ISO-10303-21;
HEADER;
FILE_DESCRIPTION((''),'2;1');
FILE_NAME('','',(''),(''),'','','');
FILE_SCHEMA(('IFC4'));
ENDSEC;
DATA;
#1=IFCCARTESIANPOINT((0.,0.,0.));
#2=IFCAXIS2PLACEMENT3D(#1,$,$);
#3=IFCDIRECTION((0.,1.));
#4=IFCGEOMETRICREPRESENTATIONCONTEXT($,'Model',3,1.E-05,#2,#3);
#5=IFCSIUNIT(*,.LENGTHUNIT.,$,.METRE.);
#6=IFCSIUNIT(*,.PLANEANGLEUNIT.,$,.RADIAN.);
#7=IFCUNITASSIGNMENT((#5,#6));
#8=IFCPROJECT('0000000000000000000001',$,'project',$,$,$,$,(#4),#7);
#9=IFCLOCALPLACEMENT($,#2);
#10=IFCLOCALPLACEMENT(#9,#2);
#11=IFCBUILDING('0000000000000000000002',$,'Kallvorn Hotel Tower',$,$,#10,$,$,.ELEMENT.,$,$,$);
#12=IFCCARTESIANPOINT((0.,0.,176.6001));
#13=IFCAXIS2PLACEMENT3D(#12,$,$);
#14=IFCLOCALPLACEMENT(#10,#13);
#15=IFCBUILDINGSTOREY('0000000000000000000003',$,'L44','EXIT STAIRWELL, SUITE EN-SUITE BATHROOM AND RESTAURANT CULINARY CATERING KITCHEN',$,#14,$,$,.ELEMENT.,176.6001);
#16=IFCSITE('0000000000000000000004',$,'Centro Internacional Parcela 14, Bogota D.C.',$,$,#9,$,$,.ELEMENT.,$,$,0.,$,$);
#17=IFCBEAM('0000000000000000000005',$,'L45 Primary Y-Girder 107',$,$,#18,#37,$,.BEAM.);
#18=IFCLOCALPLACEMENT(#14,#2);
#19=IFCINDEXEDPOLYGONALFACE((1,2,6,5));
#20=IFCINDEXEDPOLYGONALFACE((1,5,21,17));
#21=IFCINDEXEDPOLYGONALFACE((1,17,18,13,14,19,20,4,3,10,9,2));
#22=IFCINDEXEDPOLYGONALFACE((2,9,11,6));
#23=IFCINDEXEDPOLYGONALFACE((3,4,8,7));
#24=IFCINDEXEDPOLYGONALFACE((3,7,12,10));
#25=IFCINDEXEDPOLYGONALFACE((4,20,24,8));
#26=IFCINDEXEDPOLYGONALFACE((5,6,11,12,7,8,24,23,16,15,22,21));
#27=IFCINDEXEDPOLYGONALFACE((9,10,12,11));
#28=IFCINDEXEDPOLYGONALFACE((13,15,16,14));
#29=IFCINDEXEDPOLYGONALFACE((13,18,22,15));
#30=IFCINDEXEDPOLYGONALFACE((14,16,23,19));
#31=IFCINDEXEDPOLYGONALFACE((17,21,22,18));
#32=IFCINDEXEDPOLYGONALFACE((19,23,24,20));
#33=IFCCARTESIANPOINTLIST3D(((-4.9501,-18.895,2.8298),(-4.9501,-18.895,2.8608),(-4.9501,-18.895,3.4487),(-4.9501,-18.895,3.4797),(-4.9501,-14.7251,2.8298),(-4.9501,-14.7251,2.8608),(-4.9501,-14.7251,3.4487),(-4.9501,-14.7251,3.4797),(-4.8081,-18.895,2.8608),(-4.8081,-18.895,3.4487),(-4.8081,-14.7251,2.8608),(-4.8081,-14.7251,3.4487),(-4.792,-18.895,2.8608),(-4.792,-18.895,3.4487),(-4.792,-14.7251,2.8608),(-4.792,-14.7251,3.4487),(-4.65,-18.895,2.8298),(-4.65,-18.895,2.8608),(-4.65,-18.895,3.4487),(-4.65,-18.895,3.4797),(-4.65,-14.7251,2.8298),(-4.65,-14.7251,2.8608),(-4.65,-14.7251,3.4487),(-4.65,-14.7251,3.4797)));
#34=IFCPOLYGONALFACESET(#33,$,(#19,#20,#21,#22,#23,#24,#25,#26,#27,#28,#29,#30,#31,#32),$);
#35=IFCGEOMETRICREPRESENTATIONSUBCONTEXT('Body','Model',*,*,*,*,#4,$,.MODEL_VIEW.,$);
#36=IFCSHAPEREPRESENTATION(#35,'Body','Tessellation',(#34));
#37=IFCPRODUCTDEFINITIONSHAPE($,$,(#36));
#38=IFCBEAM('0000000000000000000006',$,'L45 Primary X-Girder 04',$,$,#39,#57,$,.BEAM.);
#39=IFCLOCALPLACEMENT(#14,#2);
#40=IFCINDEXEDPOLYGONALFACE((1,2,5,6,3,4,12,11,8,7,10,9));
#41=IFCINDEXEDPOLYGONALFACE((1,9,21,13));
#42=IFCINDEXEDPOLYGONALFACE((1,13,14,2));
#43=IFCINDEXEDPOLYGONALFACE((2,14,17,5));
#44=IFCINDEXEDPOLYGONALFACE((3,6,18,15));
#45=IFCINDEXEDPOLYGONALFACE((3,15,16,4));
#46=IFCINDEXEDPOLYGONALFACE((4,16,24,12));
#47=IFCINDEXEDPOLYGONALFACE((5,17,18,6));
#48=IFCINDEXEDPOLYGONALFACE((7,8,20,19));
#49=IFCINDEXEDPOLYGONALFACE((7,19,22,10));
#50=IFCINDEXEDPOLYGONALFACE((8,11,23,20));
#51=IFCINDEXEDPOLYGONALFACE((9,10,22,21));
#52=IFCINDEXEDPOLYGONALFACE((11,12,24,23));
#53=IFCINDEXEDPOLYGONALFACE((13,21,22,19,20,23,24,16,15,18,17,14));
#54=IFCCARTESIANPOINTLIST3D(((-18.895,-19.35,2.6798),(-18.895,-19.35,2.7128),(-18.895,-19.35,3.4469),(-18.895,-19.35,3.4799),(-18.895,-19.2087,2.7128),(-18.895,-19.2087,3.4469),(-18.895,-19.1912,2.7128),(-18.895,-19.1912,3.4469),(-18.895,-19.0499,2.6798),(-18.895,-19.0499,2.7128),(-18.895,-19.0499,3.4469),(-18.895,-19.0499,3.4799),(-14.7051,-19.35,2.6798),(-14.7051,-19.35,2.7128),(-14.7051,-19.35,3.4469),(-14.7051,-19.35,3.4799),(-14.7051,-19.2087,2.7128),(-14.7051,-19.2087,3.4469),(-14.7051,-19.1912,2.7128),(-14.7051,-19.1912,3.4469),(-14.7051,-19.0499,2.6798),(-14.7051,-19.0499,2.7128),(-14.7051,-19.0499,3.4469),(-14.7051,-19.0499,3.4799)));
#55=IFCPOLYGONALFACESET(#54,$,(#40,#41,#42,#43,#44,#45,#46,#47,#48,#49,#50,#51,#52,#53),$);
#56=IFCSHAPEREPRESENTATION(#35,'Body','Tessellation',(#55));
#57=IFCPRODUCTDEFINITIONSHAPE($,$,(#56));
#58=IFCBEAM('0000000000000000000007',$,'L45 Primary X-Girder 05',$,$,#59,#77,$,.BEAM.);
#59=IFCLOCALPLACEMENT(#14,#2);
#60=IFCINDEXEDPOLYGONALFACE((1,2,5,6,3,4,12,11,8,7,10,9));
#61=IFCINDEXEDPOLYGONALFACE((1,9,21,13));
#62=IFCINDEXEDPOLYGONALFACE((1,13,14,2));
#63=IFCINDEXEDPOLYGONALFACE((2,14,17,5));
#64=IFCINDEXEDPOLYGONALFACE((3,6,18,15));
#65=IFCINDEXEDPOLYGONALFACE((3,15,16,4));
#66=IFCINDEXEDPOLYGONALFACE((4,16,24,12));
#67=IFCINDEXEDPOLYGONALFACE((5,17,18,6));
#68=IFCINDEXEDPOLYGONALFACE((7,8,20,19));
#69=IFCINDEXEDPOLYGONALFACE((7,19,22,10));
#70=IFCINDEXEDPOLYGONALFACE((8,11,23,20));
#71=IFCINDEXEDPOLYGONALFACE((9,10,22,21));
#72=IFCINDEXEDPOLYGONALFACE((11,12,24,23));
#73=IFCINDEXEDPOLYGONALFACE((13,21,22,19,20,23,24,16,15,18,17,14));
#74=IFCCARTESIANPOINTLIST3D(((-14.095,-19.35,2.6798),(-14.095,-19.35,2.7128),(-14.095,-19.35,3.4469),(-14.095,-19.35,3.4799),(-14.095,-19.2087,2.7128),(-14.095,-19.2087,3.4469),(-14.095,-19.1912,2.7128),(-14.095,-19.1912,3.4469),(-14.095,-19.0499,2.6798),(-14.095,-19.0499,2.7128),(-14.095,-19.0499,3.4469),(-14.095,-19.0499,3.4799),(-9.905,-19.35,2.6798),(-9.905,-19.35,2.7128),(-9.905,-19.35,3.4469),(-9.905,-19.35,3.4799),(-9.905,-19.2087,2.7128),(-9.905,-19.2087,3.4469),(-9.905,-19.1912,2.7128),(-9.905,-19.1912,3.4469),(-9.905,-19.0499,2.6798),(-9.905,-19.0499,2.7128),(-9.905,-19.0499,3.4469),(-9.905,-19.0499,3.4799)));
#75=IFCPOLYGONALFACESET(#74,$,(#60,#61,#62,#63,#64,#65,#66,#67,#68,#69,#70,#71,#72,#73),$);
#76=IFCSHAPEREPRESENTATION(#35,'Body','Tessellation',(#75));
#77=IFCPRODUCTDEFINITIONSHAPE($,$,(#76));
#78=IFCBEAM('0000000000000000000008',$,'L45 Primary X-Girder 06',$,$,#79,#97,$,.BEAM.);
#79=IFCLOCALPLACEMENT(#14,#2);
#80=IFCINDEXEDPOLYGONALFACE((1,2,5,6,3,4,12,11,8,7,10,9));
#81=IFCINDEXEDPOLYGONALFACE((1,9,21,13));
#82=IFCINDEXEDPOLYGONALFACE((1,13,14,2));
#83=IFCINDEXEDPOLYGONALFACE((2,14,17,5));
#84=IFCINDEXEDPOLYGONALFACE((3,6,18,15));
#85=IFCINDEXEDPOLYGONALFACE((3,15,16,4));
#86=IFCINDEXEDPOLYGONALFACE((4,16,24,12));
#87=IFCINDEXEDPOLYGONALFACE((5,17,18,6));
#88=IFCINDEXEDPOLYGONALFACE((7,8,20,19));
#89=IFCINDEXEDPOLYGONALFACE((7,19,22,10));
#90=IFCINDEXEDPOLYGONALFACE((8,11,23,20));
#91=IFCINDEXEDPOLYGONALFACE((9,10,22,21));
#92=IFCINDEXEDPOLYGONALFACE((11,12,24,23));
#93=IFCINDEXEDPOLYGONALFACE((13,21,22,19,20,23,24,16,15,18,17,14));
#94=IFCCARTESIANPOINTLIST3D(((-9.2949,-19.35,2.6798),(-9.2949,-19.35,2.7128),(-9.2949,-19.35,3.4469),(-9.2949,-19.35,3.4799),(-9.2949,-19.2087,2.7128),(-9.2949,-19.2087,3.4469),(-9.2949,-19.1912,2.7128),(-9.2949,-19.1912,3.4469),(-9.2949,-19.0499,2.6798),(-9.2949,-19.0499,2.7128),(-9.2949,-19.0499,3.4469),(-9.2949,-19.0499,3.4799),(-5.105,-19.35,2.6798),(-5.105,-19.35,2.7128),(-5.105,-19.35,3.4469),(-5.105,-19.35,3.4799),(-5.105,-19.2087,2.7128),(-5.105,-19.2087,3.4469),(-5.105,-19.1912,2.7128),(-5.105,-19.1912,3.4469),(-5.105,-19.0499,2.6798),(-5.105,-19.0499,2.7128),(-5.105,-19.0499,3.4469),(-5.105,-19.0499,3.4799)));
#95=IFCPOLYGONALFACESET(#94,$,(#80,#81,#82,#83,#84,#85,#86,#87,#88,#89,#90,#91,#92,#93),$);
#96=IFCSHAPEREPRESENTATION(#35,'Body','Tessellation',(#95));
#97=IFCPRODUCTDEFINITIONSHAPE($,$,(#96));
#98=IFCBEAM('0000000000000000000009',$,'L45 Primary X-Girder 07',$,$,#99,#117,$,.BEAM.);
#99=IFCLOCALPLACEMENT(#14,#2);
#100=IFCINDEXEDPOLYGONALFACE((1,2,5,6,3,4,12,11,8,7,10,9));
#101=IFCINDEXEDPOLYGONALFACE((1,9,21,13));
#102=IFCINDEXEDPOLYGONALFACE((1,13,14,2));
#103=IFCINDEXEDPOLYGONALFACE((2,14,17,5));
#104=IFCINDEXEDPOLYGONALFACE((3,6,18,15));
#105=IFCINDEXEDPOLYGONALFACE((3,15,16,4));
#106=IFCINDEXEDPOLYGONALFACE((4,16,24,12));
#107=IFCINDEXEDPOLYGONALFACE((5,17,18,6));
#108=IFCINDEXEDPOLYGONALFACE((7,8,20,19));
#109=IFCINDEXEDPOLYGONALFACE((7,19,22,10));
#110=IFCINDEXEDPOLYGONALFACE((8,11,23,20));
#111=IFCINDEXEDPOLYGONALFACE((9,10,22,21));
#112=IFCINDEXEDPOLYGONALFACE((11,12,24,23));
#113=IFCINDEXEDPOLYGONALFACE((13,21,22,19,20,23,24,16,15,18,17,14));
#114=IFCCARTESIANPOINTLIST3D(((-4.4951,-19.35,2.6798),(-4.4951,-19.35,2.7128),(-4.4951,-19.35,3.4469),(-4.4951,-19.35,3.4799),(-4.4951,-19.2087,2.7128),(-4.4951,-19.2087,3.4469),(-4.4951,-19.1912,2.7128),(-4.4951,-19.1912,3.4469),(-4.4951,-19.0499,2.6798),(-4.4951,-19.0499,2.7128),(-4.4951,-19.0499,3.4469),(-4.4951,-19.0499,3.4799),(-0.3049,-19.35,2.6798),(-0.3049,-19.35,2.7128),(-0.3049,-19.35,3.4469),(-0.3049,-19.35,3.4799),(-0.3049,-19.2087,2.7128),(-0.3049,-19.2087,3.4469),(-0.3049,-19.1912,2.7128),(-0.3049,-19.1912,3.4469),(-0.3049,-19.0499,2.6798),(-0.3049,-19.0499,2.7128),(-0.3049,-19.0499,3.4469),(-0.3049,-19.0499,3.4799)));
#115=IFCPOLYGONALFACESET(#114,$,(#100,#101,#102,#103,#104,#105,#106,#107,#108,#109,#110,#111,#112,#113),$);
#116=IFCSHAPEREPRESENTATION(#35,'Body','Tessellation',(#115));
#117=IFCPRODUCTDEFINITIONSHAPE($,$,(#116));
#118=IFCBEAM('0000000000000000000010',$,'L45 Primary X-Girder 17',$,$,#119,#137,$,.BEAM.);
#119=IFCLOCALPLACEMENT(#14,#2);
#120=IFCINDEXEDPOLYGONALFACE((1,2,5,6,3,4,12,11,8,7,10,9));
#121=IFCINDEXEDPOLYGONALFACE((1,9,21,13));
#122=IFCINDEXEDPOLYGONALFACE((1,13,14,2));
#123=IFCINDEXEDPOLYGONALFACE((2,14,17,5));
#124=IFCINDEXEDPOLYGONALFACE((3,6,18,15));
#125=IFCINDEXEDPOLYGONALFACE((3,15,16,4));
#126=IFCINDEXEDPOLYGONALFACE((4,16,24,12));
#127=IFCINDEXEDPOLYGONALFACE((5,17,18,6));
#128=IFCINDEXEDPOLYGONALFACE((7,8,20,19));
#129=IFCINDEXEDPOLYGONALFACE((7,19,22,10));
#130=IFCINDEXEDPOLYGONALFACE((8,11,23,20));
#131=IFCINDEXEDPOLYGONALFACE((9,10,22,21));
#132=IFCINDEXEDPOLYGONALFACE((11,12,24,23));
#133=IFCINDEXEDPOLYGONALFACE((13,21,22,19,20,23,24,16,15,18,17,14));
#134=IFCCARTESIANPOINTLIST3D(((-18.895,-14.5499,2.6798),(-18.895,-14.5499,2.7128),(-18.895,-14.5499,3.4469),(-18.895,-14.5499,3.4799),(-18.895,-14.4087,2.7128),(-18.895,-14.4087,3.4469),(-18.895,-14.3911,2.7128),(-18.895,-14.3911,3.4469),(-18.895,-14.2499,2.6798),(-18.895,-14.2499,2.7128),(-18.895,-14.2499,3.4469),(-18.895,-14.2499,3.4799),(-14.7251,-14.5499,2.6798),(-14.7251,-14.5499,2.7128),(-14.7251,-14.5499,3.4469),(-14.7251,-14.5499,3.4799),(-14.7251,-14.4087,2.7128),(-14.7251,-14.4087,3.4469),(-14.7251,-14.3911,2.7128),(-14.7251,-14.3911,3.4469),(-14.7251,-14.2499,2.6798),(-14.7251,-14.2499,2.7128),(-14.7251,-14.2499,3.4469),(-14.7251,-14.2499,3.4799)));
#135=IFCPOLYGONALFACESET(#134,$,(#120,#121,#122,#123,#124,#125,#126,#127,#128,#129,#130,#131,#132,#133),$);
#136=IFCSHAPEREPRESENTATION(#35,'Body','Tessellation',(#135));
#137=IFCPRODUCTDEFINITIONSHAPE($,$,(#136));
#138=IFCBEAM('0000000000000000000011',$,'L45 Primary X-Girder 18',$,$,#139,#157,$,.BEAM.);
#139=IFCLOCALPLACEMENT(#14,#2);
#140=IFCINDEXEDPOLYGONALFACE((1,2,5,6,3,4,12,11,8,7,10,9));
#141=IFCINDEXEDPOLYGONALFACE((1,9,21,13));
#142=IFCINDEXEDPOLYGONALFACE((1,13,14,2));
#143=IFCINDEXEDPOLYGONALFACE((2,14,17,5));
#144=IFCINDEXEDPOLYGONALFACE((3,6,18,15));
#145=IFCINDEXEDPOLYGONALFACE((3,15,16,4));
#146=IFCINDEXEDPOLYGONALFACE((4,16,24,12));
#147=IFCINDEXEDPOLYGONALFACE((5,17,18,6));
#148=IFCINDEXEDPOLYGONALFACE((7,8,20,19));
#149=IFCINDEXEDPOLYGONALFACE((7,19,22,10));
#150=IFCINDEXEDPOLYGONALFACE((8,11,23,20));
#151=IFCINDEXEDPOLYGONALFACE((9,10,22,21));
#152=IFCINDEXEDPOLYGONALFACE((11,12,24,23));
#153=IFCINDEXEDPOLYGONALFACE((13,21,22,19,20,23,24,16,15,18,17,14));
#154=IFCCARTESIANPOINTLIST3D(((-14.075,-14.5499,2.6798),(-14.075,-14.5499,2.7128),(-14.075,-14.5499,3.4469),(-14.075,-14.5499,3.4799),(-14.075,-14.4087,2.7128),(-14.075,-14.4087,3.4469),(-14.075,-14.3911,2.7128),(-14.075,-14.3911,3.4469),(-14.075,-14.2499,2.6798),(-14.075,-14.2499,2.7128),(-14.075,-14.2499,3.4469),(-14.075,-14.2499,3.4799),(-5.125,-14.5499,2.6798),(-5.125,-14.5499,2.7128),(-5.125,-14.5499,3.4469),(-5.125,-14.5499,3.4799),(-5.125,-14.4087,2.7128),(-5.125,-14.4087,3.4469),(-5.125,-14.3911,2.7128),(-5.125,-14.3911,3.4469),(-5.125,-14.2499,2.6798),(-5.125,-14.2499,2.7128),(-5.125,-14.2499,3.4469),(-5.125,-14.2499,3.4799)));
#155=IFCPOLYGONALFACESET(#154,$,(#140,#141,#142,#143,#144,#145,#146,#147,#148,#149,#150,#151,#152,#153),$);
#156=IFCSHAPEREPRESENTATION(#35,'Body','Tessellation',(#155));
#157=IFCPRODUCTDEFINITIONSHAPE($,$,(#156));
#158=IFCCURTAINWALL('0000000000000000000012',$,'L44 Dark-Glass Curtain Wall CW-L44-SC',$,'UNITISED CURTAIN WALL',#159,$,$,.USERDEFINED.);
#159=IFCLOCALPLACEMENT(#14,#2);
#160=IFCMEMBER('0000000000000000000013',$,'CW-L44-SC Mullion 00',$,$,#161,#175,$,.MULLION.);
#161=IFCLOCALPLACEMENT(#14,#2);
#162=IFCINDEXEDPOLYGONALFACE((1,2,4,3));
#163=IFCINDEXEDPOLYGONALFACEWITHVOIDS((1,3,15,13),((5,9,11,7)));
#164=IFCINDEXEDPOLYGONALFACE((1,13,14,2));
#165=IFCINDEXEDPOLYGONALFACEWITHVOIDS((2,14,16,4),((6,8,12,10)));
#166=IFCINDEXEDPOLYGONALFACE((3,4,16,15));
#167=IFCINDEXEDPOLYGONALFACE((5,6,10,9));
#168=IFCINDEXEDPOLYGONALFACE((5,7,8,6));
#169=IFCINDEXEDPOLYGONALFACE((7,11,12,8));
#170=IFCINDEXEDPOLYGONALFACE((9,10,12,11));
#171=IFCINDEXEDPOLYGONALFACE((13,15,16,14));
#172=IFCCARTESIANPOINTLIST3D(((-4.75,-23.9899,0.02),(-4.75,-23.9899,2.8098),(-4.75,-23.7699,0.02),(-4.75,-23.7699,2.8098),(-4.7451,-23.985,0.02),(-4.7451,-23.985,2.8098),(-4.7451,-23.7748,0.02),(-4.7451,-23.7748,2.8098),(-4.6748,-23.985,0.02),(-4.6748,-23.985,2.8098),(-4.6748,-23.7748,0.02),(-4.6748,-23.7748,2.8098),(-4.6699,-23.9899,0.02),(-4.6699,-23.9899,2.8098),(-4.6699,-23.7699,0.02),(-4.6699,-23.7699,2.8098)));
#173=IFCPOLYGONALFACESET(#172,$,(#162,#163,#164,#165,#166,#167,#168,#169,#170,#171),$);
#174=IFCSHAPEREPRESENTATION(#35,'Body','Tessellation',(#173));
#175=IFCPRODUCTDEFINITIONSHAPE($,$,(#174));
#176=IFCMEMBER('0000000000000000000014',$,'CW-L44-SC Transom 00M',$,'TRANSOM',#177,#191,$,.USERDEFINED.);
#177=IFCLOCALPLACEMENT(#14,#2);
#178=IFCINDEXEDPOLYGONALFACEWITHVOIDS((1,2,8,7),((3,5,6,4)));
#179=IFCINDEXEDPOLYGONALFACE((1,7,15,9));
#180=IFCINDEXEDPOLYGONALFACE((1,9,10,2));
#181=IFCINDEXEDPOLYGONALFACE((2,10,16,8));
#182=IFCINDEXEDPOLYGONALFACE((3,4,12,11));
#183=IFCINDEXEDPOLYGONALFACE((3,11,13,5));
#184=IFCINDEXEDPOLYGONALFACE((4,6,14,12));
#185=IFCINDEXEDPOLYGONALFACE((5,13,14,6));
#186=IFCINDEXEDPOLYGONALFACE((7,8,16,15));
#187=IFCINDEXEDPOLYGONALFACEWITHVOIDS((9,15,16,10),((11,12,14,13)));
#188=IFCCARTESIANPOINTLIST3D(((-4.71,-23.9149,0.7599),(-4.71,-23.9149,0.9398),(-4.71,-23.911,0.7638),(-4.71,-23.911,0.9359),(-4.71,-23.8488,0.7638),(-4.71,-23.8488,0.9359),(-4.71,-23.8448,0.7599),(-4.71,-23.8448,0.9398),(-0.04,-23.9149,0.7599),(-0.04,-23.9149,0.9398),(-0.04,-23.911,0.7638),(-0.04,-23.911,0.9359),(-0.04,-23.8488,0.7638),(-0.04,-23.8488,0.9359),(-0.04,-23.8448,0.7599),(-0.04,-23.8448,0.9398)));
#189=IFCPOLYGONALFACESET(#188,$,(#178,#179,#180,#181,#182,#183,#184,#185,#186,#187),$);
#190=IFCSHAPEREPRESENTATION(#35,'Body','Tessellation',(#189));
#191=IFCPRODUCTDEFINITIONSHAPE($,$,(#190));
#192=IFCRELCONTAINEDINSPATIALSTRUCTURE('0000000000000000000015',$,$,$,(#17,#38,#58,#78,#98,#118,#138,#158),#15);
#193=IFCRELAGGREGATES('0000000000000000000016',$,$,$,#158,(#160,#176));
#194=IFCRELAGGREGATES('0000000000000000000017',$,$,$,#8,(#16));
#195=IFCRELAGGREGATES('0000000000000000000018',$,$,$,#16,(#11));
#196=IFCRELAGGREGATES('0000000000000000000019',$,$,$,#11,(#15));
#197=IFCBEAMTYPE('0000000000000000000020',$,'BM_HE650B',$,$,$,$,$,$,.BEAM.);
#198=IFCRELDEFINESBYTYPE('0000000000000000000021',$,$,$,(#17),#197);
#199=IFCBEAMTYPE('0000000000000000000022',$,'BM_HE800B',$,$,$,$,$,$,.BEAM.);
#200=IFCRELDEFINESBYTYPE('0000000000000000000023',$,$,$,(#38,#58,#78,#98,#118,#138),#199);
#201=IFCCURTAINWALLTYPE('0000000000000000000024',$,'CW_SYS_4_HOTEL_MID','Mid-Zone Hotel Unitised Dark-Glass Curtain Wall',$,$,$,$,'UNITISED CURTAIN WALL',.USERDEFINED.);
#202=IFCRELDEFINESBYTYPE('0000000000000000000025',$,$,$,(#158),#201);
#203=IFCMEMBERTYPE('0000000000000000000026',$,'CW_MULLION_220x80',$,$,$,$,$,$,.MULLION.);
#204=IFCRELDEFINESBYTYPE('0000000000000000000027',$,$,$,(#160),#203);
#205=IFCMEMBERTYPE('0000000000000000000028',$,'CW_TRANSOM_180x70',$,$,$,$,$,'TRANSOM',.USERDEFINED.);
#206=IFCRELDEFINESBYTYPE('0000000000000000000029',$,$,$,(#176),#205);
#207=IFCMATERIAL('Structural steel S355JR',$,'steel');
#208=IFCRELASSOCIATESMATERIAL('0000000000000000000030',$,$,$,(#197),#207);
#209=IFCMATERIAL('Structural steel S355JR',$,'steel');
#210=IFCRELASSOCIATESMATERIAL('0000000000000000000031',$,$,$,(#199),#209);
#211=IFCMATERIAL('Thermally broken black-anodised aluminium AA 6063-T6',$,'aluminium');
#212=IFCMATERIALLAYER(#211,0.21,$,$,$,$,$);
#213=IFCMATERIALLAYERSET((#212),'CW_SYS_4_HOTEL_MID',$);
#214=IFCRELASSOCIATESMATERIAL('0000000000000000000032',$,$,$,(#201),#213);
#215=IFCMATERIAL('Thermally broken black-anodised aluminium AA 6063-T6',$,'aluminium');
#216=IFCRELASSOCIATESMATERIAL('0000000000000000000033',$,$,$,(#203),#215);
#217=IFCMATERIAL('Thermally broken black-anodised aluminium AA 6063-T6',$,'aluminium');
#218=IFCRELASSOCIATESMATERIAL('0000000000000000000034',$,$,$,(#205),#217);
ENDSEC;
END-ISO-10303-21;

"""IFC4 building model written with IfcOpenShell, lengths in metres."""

from ifc_helpers import new_model, si_unit, direction, frame, origin, origin_2d, place, context, subcontext, project, spatial, hollow_rectangle, i_section, extrude, material, layer, layer_set, material_profile, profile_set, type_object, element, aggregate, save


model = new_model("IFC4")

# Units and contexts
model_context = context("Model", 3, precision=1e-05, world=origin(), true_north=direction((0.0, 1.0)))
body_context = subcontext(model_context, "Body", "Model", "MODEL_VIEW")
ifc_project = project(units=[si_unit("LENGTHUNIT", "METRE"), si_unit("PLANEANGLEUNIT", "RADIAN")], contexts=[model_context])

# Site, building, storey
site_placement = place(None, origin())
site = spatial("IfcSite", under=ifc_project, at=site_placement, Name="Centro Internacional Parcela 14, Bogota D.C.", CompositionType="ELEMENT", RefElevation=0.0)
building_placement = place(site_placement, origin())
building = spatial("IfcBuilding", under=site, at=building_placement, Name="Kallvorn Hotel Tower", CompositionType="ELEMENT")
storey_placement = place(building_placement, frame((0.0, 0.0, 176.6001)))
storey = spatial("IfcBuildingStorey", under=building, at=storey_placement, Name="L44", Description="EXIT STAIRWELL, SUITE EN-SUITE BATHROOM AND RESTAURANT CULINARY CATERING KITCHEN", CompositionType="ELEMENT", Elevation=176.6001)

# Beams
ifc_material_1 = material(Name="Structural steel S355JR", Category="steel")
ifc_material_profile_1 = material_profile(ifc_material_1, i_section(OverallWidth=0.3, OverallDepth=0.6499, WebThickness=0.0161, FlangeThickness=0.031, at=origin_2d()), Name="HE 650 B")
ifc_profile_set_1 = profile_set([ifc_material_profile_1], Name="Structural steel S355JR")
beam_type_1 = type_object("IfcBeamType", Name="BM_HE650B", PredefinedType="BEAM", material=ifc_profile_set_1)
beam_1_placement = place(storey_placement, frame((-4.8, -18.895, 3.1548), z_axis=(0.0, 1.0, 0.0), x_axis=(-1.0, 0.0, 0.0)))
element("IfcBeam", 1, at=beam_1_placement, inside=storey, type_object=beam_type_1, Name="L45 Primary Y-Girder 107", PredefinedType="BEAM", context=body_context, shape_type="SweptSolid", body=[
    extrude(i_section(OverallWidth=0.3, OverallDepth=0.6499, WebThickness=0.0161, FlangeThickness=0.031, at=origin_2d()), origin(), (0.0, 0.0, 1.0), 4.1699),
])
ifc_material_2 = material(Name="Structural steel S355JR", Category="steel")
ifc_material_profile_2 = material_profile(ifc_material_2, i_section(OverallWidth=0.3, OverallDepth=0.8, WebThickness=0.0176, FlangeThickness=0.033, at=origin_2d()), Name="HE 800 B")
ifc_profile_set_2 = profile_set([ifc_material_profile_2], Name="Structural steel S355JR")
beam_type_2 = type_object("IfcBeamType", Name="BM_HE800B", PredefinedType="BEAM", material=ifc_profile_set_2)
for number, where, z_axis, x_axis, name in (
    (2, (-18.895, -19.2, 3.0798), (1.0, 0.0, 0.0), (0.0, 1.0, 0.0), "L45 Primary X-Girder 04"),
    (3, (-14.095, -19.2, 3.0798), (1.0, 0.0, 0.0), (0.0, 1.0, 0.0), "L45 Primary X-Girder 05"),
    (4, (-9.2949, -19.2, 3.0798), (1.0, 0.0, 0.0), (0.0, 1.0, 0.0), "L45 Primary X-Girder 06"),
):
    element("IfcBeam", number, at=place(storey_placement, frame(where, z_axis=z_axis, x_axis=x_axis)), inside=storey, type_object=beam_type_2, Name=name, PredefinedType="BEAM", context=body_context, shape_type="SweptSolid", body=[
        extrude(i_section(OverallWidth=0.3, OverallDepth=0.8, WebThickness=0.0176, FlangeThickness=0.033, at=origin_2d()), origin(), (0.0, 0.0, 1.0), 4.1899),
    ])
beam_2_placement = place(storey_placement, frame((-4.4951, -19.2, 3.0798), z_axis=(1.0, 0.0, 0.0), x_axis=(0.0, 1.0, 0.0)))
element("IfcBeam", 5, at=beam_2_placement, inside=storey, type_object=beam_type_2, Name="L45 Primary X-Girder 07", PredefinedType="BEAM", context=body_context, shape_type="SweptSolid", body=[
    extrude(i_section(OverallWidth=0.3, OverallDepth=0.8, WebThickness=0.0176, FlangeThickness=0.033, at=origin_2d()), origin(), (0.0, 0.0, 1.0), 4.1902),
])
beam_3_placement = place(storey_placement, frame((-18.895, -14.3999, 3.0798), z_axis=(1.0, 0.0, 0.0), x_axis=(0.0, 1.0, 0.0)))
element("IfcBeam", 6, at=beam_3_placement, inside=storey, type_object=beam_type_2, Name="L45 Primary X-Girder 17", PredefinedType="BEAM", context=body_context, shape_type="SweptSolid", body=[
    extrude(i_section(OverallWidth=0.3, OverallDepth=0.8, WebThickness=0.0176, FlangeThickness=0.033, at=origin_2d()), origin(), (0.0, 0.0, 1.0), 4.1699),
])
beam_4_placement = place(storey_placement, frame((-14.075, -14.3999, 3.0798), z_axis=(1.0, 0.0, 0.0), x_axis=(0.0, 1.0, 0.0)))
element("IfcBeam", 7, at=beam_4_placement, inside=storey, type_object=beam_type_2, Name="L45 Primary X-Girder 18", PredefinedType="BEAM", context=body_context, shape_type="SweptSolid", body=[
    extrude(i_section(OverallWidth=0.3, OverallDepth=0.8, WebThickness=0.0176, FlangeThickness=0.033, at=origin_2d()), origin(), (0.0, 0.0, 1.0), 8.95),
])

# Curtain wall, members
ifc_material_3 = material(Name="Thermally broken black-anodised aluminium AA 6063-T6", Category="aluminium")
ifc_layer_1 = layer(ifc_material_3, 0.21)
ifc_layer_set_1 = layer_set([ifc_layer_1], Name="CW_SYS_4_HOTEL_MID")
curtain_wall_type = type_object("IfcCurtainWallType", Name="CW_SYS_4_HOTEL_MID", Description="Mid-Zone Hotel Unitised Dark-Glass Curtain Wall", ElementType="UNITISED CURTAIN WALL", PredefinedType="USERDEFINED", material=ifc_layer_set_1)
curtain_wall_placement = place(storey_placement, origin())
curtain_wall = element("IfcCurtainWall", 8, at=curtain_wall_placement, inside=storey, type_object=curtain_wall_type, Name="L44 Dark-Glass Curtain Wall CW-L44-SC", ObjectType="UNITISED CURTAIN WALL", PredefinedType="USERDEFINED")
ifc_material_4 = material(Name="Thermally broken black-anodised aluminium AA 6063-T6", Category="aluminium")
ifc_material_profile_3 = material_profile(ifc_material_4, hollow_rectangle(XDim=0.0801, YDim=0.22, WallThickness=0.0049, at=origin_2d()), Name="MUL 220x80")
ifc_profile_set_3 = profile_set([ifc_material_profile_3], Name="Thermally broken black-anodised aluminium AA 6063-T6")
member_type_1 = type_object("IfcMemberType", Name="CW_MULLION_220x80", PredefinedType="MULLION", material=ifc_profile_set_3)
member_1_placement = place(storey_placement, frame((-4.71, -23.8799, 0.02), z_axis=(0.0, 0.0, 1.0), x_axis=(1.0, 0.0, 0.0)))
member_1 = element("IfcMember", 9, at=member_1_placement, type_object=member_type_1, Name="CW-L44-SC Mullion 00", PredefinedType="MULLION", context=body_context, shape_type="SweptSolid", body=[
    extrude(hollow_rectangle(XDim=0.0801, YDim=0.22, WallThickness=0.0049, at=origin_2d()), origin(), (0.0, 0.0, 1.0), 2.7898),
])
ifc_material_5 = material(Name="Thermally broken black-anodised aluminium AA 6063-T6", Category="aluminium")
ifc_material_profile_4 = material_profile(ifc_material_5, hollow_rectangle(XDim=0.0701, YDim=0.1799, WallThickness=0.0039, at=origin_2d()), Name="TRN 180x70")
ifc_profile_set_4 = profile_set([ifc_material_profile_4], Name="Thermally broken black-anodised aluminium AA 6063-T6")
member_type_2 = type_object("IfcMemberType", Name="CW_TRANSOM_180x70", ElementType="TRANSOM", PredefinedType="USERDEFINED", material=ifc_profile_set_4)
member_2_placement = place(storey_placement, frame((-4.71, -23.8799, 0.8499), z_axis=(1.0, 0.0, 0.0), x_axis=(0.0, 1.0, 0.0)))
member_2 = element("IfcMember", 10, at=member_2_placement, type_object=member_type_2, Name="CW-L44-SC Transom 00M", ObjectType="TRANSOM", PredefinedType="USERDEFINED", context=body_context, shape_type="SweptSolid", body=[
    extrude(hollow_rectangle(XDim=0.0701, YDim=0.1799, WallThickness=0.0039, at=origin_2d()), origin(), (0.0, 0.0, 1.0), 4.6699),
])
aggregate(curtain_wall, [member_1, member_2])

save(model, "model.ifc")
